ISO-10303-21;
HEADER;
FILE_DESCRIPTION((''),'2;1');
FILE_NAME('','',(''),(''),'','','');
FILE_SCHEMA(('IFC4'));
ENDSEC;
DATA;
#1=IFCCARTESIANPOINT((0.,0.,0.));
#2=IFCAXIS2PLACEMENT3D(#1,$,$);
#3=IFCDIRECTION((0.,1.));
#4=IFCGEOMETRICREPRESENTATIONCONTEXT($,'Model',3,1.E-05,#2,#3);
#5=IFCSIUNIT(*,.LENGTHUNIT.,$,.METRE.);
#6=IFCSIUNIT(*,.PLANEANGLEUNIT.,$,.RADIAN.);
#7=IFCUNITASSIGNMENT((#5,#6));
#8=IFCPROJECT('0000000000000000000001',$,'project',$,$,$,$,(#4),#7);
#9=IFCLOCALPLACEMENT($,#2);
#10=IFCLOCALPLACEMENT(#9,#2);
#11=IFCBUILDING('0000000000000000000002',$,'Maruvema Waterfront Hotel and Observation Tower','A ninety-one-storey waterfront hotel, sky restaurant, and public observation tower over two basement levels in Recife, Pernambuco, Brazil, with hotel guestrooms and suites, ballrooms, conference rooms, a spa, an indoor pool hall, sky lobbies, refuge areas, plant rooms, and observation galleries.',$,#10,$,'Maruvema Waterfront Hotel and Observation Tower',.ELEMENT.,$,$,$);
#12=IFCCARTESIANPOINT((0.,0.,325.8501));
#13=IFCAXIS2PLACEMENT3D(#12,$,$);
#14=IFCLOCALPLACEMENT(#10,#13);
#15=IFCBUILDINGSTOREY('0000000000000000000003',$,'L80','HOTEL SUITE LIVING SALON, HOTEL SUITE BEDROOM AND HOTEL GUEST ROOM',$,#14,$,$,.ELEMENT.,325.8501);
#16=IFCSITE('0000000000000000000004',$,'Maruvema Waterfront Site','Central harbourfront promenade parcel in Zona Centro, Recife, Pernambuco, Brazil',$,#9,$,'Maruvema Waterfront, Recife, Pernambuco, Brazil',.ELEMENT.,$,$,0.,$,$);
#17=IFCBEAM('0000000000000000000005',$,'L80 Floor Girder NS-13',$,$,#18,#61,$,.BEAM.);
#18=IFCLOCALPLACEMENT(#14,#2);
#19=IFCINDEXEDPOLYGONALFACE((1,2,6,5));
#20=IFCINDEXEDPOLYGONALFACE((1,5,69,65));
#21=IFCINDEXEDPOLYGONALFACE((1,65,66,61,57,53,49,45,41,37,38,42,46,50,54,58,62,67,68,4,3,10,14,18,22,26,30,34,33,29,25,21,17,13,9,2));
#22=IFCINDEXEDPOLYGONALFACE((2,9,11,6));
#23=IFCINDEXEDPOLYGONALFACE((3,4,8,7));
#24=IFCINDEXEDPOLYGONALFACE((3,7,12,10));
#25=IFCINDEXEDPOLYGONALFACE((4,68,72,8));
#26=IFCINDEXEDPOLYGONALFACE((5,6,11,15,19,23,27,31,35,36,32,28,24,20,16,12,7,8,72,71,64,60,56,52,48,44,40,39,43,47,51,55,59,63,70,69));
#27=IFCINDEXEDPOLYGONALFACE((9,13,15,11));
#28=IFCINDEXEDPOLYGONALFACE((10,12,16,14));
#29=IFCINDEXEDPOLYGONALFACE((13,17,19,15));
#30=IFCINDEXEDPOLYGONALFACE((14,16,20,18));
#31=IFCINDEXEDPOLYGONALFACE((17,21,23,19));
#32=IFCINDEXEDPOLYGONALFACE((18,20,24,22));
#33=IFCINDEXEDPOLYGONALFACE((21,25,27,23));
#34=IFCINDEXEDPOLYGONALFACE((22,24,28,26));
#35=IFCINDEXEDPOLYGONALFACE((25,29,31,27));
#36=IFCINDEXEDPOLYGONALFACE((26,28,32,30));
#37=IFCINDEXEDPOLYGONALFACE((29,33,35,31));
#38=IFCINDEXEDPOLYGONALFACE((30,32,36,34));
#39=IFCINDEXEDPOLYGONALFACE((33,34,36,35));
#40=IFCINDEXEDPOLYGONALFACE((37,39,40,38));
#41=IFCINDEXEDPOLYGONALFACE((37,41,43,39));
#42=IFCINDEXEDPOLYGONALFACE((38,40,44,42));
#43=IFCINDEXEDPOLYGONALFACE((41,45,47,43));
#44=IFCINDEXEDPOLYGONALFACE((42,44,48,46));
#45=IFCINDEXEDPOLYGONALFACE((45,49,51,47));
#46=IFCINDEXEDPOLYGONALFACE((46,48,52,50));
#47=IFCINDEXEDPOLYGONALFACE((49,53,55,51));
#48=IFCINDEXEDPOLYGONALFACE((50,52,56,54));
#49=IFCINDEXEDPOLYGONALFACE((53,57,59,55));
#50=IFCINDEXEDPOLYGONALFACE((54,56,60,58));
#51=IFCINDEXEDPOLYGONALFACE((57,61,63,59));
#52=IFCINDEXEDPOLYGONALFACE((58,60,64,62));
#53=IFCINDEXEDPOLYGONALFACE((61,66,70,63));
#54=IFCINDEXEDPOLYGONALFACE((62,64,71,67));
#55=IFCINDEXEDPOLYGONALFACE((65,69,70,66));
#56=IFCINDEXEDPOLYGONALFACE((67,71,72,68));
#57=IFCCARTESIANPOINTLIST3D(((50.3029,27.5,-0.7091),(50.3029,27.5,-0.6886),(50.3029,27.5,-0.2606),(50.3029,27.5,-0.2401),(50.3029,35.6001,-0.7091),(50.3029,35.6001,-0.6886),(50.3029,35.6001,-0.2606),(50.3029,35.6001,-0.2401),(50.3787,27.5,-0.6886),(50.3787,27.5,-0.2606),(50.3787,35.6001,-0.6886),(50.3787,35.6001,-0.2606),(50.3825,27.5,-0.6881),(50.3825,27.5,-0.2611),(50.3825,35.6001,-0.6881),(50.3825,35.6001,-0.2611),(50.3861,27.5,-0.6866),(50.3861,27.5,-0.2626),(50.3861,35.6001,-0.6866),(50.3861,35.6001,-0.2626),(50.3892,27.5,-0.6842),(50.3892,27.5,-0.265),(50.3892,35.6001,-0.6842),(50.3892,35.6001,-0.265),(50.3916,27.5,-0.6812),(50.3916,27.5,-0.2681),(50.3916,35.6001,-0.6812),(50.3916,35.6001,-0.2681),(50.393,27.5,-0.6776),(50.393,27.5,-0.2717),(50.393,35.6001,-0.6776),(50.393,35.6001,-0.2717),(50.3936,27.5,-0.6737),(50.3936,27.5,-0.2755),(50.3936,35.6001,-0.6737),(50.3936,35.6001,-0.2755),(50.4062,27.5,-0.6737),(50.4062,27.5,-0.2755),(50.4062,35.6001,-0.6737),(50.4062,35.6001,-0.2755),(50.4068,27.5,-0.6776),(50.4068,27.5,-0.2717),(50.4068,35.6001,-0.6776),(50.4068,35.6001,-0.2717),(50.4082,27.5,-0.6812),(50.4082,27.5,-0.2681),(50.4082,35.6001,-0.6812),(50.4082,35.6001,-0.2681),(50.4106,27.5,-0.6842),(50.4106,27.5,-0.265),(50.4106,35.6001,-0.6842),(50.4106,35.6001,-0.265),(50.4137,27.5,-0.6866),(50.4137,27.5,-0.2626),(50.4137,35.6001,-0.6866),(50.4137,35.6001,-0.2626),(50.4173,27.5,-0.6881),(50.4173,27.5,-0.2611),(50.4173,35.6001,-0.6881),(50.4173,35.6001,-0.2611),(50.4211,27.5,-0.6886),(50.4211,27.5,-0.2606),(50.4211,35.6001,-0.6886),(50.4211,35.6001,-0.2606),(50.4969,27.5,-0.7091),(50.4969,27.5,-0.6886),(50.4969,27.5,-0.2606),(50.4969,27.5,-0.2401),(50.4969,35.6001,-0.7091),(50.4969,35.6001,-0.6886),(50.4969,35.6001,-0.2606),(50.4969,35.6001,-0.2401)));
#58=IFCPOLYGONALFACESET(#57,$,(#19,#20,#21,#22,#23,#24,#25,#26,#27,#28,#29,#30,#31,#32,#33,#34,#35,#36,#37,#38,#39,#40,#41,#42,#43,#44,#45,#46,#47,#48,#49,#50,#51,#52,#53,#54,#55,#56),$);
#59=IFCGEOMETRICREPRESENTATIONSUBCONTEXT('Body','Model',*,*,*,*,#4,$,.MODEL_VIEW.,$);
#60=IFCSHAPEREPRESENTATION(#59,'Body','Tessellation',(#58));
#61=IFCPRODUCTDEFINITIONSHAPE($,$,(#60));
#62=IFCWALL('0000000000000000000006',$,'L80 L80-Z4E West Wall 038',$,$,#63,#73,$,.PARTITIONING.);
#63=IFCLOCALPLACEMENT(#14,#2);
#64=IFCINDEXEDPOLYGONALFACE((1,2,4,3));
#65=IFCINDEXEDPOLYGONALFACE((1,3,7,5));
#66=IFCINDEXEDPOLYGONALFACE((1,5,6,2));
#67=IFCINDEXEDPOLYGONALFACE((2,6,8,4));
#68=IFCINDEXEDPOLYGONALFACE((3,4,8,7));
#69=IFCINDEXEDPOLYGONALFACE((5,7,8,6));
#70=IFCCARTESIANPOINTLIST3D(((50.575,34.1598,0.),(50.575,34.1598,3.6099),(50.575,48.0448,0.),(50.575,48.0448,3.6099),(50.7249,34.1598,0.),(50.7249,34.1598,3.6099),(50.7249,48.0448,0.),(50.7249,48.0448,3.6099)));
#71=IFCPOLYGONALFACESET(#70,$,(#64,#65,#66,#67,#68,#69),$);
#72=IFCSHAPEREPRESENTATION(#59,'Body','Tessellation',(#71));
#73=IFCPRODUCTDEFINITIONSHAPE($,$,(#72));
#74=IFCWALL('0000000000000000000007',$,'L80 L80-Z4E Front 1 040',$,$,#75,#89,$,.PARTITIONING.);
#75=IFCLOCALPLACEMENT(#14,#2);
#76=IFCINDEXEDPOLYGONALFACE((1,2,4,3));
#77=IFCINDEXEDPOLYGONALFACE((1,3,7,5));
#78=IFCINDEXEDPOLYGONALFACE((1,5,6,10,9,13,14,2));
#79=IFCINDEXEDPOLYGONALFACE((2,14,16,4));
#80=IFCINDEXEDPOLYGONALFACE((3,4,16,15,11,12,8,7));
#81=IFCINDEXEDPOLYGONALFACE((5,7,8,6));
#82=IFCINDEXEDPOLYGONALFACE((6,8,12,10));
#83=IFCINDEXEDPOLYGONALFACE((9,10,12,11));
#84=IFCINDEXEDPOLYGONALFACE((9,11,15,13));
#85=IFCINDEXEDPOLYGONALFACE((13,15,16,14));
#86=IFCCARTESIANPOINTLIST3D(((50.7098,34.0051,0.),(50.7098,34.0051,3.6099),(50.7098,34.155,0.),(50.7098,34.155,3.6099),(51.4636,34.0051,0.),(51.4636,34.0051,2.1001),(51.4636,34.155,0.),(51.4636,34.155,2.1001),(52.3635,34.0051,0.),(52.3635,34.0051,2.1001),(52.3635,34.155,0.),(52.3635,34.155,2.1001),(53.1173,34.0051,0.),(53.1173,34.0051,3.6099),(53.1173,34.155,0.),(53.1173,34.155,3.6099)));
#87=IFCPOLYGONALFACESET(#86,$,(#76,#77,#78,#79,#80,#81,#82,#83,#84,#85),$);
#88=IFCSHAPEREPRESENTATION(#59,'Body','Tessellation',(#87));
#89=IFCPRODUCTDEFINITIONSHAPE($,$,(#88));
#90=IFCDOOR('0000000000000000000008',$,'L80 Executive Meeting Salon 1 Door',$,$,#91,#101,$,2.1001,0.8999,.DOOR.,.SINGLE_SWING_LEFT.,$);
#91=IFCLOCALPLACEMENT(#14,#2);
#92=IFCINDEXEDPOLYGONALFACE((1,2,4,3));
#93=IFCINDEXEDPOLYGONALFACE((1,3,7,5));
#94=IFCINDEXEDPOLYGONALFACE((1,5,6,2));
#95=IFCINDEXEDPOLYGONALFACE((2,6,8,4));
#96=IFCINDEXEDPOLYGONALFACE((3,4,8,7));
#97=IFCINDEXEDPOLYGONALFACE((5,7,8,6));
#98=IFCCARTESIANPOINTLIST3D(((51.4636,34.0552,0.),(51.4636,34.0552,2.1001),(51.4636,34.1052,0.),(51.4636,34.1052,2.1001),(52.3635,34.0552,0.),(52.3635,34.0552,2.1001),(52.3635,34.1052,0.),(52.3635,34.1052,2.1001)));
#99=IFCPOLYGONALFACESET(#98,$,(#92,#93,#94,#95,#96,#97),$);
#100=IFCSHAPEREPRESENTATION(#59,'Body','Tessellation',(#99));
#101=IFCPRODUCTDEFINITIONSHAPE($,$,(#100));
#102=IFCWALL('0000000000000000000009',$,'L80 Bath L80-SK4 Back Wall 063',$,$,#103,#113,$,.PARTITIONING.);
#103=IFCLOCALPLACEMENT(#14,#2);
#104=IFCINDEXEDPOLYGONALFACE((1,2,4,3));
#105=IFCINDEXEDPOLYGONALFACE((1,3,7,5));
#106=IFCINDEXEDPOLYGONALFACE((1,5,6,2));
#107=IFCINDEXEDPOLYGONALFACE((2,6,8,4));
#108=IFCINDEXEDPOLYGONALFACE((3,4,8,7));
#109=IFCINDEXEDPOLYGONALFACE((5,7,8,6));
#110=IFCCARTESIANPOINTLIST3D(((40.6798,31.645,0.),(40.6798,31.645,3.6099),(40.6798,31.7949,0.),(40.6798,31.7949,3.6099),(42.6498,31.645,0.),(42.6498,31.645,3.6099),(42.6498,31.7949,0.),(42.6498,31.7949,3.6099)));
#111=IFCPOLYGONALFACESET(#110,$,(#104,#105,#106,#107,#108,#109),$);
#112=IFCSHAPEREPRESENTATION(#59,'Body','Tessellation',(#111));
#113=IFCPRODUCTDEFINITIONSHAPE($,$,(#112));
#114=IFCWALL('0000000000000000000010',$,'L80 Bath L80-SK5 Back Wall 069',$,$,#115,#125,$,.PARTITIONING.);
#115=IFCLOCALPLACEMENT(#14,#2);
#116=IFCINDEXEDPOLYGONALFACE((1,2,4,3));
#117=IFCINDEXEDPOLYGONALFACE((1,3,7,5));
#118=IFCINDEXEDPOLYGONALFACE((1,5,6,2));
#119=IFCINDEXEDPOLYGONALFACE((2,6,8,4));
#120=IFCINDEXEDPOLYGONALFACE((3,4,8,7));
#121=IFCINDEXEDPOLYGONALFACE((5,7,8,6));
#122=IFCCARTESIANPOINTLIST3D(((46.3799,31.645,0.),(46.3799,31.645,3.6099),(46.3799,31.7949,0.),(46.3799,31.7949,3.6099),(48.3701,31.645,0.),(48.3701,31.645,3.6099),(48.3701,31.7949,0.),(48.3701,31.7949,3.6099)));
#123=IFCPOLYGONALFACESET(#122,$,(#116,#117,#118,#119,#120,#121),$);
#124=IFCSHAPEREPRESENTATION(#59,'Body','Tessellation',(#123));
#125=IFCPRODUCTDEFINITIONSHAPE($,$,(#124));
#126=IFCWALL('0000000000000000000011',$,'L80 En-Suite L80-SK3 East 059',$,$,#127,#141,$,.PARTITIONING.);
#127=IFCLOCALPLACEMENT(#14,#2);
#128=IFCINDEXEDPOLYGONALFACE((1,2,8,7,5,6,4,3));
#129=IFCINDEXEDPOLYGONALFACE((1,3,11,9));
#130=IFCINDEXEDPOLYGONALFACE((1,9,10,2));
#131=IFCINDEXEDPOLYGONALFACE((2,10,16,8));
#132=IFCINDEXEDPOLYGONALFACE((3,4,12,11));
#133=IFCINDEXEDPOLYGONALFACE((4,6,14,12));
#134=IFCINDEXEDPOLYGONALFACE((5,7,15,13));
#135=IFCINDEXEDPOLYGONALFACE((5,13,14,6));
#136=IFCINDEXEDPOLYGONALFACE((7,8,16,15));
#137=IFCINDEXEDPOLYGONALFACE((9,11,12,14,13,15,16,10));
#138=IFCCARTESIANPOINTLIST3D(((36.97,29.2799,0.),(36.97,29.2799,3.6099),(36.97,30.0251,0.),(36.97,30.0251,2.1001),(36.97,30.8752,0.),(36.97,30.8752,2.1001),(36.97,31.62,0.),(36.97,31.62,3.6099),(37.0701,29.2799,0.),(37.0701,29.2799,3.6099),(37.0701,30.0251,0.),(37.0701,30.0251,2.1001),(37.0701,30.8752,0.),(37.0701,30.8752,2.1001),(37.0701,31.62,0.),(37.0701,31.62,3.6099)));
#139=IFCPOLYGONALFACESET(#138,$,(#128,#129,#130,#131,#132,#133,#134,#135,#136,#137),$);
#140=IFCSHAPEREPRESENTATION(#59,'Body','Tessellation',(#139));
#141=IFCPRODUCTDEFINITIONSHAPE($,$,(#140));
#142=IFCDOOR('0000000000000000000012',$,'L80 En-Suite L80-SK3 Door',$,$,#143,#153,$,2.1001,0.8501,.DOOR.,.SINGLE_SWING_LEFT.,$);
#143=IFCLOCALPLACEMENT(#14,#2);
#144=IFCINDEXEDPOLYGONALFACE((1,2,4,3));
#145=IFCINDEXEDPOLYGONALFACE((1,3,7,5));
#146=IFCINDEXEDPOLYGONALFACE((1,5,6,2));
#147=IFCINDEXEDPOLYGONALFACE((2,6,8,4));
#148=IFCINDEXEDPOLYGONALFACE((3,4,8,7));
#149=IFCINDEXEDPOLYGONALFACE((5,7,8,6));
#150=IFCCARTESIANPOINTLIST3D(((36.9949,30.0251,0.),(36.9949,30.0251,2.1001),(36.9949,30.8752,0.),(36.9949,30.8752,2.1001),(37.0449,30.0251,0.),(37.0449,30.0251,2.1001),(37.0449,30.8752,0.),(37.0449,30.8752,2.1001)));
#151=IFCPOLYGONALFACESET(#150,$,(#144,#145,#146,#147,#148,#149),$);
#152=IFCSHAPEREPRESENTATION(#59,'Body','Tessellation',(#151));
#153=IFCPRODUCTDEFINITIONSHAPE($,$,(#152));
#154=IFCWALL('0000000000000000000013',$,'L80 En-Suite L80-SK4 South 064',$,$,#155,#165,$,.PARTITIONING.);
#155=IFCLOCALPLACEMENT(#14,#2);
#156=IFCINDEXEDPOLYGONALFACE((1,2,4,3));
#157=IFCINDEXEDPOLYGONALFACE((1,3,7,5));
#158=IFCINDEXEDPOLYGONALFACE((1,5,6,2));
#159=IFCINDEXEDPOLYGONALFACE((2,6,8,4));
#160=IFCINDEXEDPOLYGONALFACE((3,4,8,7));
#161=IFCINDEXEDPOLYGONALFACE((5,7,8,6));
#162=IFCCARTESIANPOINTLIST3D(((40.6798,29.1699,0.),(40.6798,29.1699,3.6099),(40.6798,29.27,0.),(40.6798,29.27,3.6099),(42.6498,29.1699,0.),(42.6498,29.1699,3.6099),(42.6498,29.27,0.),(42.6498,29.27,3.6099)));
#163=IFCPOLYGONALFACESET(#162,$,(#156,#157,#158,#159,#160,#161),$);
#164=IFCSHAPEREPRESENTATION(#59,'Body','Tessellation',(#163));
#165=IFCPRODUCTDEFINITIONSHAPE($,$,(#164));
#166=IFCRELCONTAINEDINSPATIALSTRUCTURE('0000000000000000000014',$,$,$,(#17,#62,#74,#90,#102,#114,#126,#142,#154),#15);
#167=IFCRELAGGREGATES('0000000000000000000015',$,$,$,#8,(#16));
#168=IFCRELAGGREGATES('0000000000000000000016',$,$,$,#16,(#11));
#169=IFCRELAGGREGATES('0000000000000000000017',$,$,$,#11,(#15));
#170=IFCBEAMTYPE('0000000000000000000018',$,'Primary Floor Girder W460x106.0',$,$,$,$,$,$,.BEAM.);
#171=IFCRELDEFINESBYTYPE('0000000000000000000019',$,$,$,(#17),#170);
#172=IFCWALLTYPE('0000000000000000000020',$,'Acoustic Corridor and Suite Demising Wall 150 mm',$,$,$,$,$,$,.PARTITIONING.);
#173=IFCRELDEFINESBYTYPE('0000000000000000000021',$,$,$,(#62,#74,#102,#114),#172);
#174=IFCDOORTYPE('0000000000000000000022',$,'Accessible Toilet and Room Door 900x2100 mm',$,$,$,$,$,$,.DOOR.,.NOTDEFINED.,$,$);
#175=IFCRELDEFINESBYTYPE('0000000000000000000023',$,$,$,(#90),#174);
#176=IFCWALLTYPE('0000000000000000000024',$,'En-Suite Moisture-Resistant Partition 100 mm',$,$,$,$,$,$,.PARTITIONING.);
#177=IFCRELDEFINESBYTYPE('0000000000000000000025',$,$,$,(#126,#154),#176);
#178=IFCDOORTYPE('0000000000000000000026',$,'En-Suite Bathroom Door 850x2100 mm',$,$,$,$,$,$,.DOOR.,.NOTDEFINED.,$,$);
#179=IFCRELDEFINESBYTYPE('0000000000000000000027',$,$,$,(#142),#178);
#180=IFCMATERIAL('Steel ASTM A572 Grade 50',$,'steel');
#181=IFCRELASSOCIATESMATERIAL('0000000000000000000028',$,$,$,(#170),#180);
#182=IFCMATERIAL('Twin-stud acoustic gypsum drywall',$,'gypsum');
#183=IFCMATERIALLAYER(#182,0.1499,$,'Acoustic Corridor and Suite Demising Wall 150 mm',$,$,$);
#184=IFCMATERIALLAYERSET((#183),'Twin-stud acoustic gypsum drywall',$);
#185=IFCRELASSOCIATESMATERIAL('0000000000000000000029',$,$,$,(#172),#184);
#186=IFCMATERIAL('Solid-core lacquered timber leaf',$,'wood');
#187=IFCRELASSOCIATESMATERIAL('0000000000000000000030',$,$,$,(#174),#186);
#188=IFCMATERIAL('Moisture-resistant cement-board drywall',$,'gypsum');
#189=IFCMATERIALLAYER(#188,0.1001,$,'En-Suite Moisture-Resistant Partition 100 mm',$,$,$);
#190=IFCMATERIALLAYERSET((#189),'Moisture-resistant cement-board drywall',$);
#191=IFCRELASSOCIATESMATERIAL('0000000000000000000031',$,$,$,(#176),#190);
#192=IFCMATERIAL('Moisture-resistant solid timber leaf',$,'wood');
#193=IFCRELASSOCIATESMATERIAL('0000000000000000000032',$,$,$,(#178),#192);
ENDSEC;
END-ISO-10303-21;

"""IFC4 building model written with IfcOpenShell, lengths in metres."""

from ifc_helpers import new_model, si_unit, direction, frame, frame_2d, origin, origin_2d, place, context, subcontext, project, spatial, rectangle, i_section, extrude, material, layer, layer_set, material_profile, profile_set, type_object, element, fill, save


model = new_model("IFC4")

# Units and contexts
model_context = context("Model", 3, precision=1e-05, world=origin(), true_north=direction((0.0, 1.0)))
body_context = subcontext(model_context, "Body", "Model", "MODEL_VIEW")
ifc_project = project(units=[si_unit("LENGTHUNIT", "METRE"), si_unit("PLANEANGLEUNIT", "RADIAN")], contexts=[model_context])

# Site, building, storey
site_placement = place(None, origin())
site = spatial("IfcSite", under=ifc_project, at=site_placement, Name="Maruvema Waterfront Site", Description="Central harbourfront promenade parcel in Zona Centro, Recife, Pernambuco, Brazil", LongName="Maruvema Waterfront, Recife, Pernambuco, Brazil", CompositionType="ELEMENT", RefElevation=0.0)
building_placement = place(site_placement, origin())
building = spatial("IfcBuilding", under=site, at=building_placement, Name="Maruvema Waterfront Hotel and Observation Tower", Description="A ninety-one-storey waterfront hotel, sky restaurant, and public observation tower over two basement levels in Recife, Pernambuco, Brazil, with hotel guestrooms and suites, ballrooms, conference rooms, a spa, an indoor pool hall, sky lobbies, refuge areas, plant rooms, and observation galleries.", LongName="Maruvema Waterfront Hotel and Observation Tower", CompositionType="ELEMENT")
storey_placement = place(building_placement, frame((0.0, 0.0, 325.8501)))
storey = spatial("IfcBuildingStorey", under=building, at=storey_placement, Name="L80", Description="HOTEL SUITE LIVING SALON, HOTEL SUITE BEDROOM AND HOTEL GUEST ROOM", CompositionType="ELEMENT", Elevation=325.8501)

# Beam
ifc_material_1 = material(Name="Steel ASTM A572 Grade 50", Category="steel")
ifc_material_profile_1 = material_profile(ifc_material_1, i_section(OverallWidth=0.1941, OverallDepth=0.469, WebThickness=0.0127, FlangeThickness=0.0205, FilletRadius=0.0149, at=origin_2d()), Name="W460x106.0")
ifc_profile_set_1 = profile_set([ifc_material_profile_1], Name="Steel ASTM A572 Grade 50")
beam_type = type_object("IfcBeamType", Name="Primary Floor Girder W460x106.0", PredefinedType="BEAM", material=ifc_profile_set_1)
beam_1_placement = place(storey_placement, frame((50.3999, 27.5, -0.4746), z_axis=(0.0, 1.0, 0.0), x_axis=(-1.0, 0.0, 0.0)))
element("IfcBeam", 1, at=beam_1_placement, inside=storey, type_object=beam_type, Name="L80 Floor Girder NS-13", PredefinedType="BEAM", context=body_context, shape_type="SweptSolid", body=[
    extrude(i_section(OverallWidth=0.1941, OverallDepth=0.469, WebThickness=0.0127, FlangeThickness=0.0205, FilletRadius=0.0149, at=origin_2d()), origin(), (0.0, 0.0, 1.0), 8.1001),
])

# Wall
ifc_material_2 = material(Name="Twin-stud acoustic gypsum drywall", Category="gypsum")
ifc_layer_1 = layer(ifc_material_2, 0.1499, Name="Acoustic Corridor and Suite Demising Wall 150 mm")
ifc_layer_set_1 = layer_set([ifc_layer_1], Name="Twin-stud acoustic gypsum drywall")
wall_type_1 = type_object("IfcWallType", Name="Acoustic Corridor and Suite Demising Wall 150 mm", PredefinedType="PARTITIONING", material=ifc_layer_set_1)
wall_1_placement = place(storey_placement, frame((50.6499, 34.1599, 0.0), z_axis=(0.0, 0.0, 1.0), x_axis=(0.0, 1.0, 0.0)))
element("IfcWall", 2, at=wall_1_placement, inside=storey, type_object=wall_type_1, Name="L80 L80-Z4E West Wall 038", PredefinedType="PARTITIONING", context=body_context, shape_type="SweptSolid", body=[
    extrude(rectangle(XDim=13.885, YDim=0.1499, at=frame_2d((6.9424, 0.0))), origin(), (0.0, 0.0, 1.0), 3.6099),
])

# Wall, opening, door
wall_2_placement = place(storey_placement, frame((50.71, 34.0801, 0.0), z_axis=(0.0, 0.0, 1.0), x_axis=(1.0, 0.0, 0.0)))
wall_2 = element("IfcWall", 3, at=wall_2_placement, inside=storey, type_object=wall_type_1, Name="L80 L80-Z4E Front 1 040", PredefinedType="PARTITIONING", context=body_context, shape_type="SweptSolid", body=[
    extrude(rectangle(XDim=2.4075, YDim=0.1499, at=frame_2d((1.2036, 0.0))), origin(), (0.0, 0.0, 1.0), 3.6099),
])
opening_1_placement = place(wall_2_placement, frame((0.7537, 0.0, 0.0)))
opening_1 = element("IfcOpeningElement", 4, at=opening_1_placement, cuts=wall_2, PredefinedType="OPENING", context=body_context, shape_type="SweptSolid", body=[
    extrude(rectangle(XDim=0.8999, YDim=2.1001, at=frame_2d((0.45, 1.05))), frame((0.0, 0.085, 0.0), z_axis=(0.0, -1.0, 0.0), x_axis=(1.0, 0.0, 0.0)), (0.0, 0.0, 1.0), 0.1699),
])
ifc_material_3 = material(Name="Solid-core lacquered timber leaf", Category="wood")
door_type_1 = type_object("IfcDoorType", Name="Accessible Toilet and Room Door 900x2100 mm", OperationType="NOTDEFINED", PredefinedType="DOOR", material=ifc_material_3)
door_1_placement = place(opening_1_placement, frame((0.8999, 0.0, 0.0), z_axis=(0.0, 0.0, 1.0), x_axis=(-1.0, 0.0, 0.0)))
door_1 = element("IfcDoor", 5, at=door_1_placement, inside=storey, type_object=door_type_1, Name="L80 Executive Meeting Salon 1 Door", OperationType="SINGLE_SWING_LEFT", OverallHeight=2.1001, OverallWidth=0.8999, PredefinedType="DOOR", context=body_context, shape_type="SweptSolid", body=[
    extrude(rectangle(XDim=0.8999, YDim=2.1001, at=frame_2d((0.45, 1.05))), frame((0.0, 0.0249, 0.0), z_axis=(0.0, -1.0, 0.0), x_axis=(1.0, 0.0, 0.0)), (0.0, 0.0, 1.0), 0.05),
])
fill(opening_1, door_1)

# Wall
wall_3_placement = place(storey_placement, frame((40.6799, 31.72, 0.0), z_axis=(0.0, 0.0, 1.0), x_axis=(1.0, 0.0, 0.0)))
element("IfcWall", 6, at=wall_3_placement, inside=storey, type_object=wall_type_1, Name="L80 Bath L80-SK4 Back Wall 063", PredefinedType="PARTITIONING", context=body_context, shape_type="SweptSolid", body=[
    extrude(rectangle(XDim=1.97, YDim=0.1499, at=frame_2d((0.9849, 0.0))), origin(), (0.0, 0.0, 1.0), 3.6099),
])

# Wall
wall_4_placement = place(storey_placement, frame((46.3799, 31.72, 0.0), z_axis=(0.0, 0.0, 1.0), x_axis=(1.0, 0.0, 0.0)))
element("IfcWall", 7, at=wall_4_placement, inside=storey, type_object=wall_type_1, Name="L80 Bath L80-SK5 Back Wall 069", PredefinedType="PARTITIONING", context=body_context, shape_type="SweptSolid", body=[
    extrude(rectangle(XDim=1.9902, YDim=0.1499, at=frame_2d((0.9951, 0.0))), origin(), (0.0, 0.0, 1.0), 3.6099),
])

# Wall, opening, door
ifc_material_4 = material(Name="Moisture-resistant cement-board drywall", Category="gypsum")
ifc_layer_2 = layer(ifc_material_4, 0.1001, Name="En-Suite Moisture-Resistant Partition 100 mm")
ifc_layer_set_2 = layer_set([ifc_layer_2], Name="Moisture-resistant cement-board drywall")
wall_type_2 = type_object("IfcWallType", Name="En-Suite Moisture-Resistant Partition 100 mm", PredefinedType="PARTITIONING", material=ifc_layer_set_2)
wall_5_placement = place(storey_placement, frame((37.02, 29.28, 0.0), z_axis=(0.0, 0.0, 1.0), x_axis=(0.0, 1.0, 0.0)))
wall_5 = element("IfcWall", 8, at=wall_5_placement, inside=storey, type_object=wall_type_2, Name="L80 En-Suite L80-SK3 East 059", PredefinedType="PARTITIONING", context=body_context, shape_type="SweptSolid", body=[
    extrude(rectangle(XDim=2.3401, YDim=0.1001, at=frame_2d((1.1699, 0.0))), origin(), (0.0, 0.0, 1.0), 3.6099),
])
opening_2_placement = place(wall_5_placement, frame((0.7451, 0.0, 0.0)))
opening_2 = element("IfcOpeningElement", 9, at=opening_2_placement, cuts=wall_5, PredefinedType="OPENING", context=body_context, shape_type="SweptSolid", body=[
    extrude(rectangle(XDim=0.8501, YDim=2.1001, at=frame_2d((0.425, 1.05))), frame((0.0, 0.0601, 0.0), z_axis=(0.0, -1.0, 0.0), x_axis=(1.0, 0.0, 0.0)), (0.0, 0.0, 1.0), 0.1201),
])
ifc_material_5 = material(Name="Moisture-resistant solid timber leaf", Category="wood")
door_type_2 = type_object("IfcDoorType", Name="En-Suite Bathroom Door 850x2100 mm", OperationType="NOTDEFINED", PredefinedType="DOOR", material=ifc_material_5)
door_2_placement = place(opening_2_placement, frame((0.8501, 0.0, 0.0), z_axis=(0.0, 0.0, 1.0), x_axis=(-1.0, 0.0, 0.0)))
door_2 = element("IfcDoor", 10, at=door_2_placement, inside=storey, type_object=door_type_2, Name="L80 En-Suite L80-SK3 Door", OperationType="SINGLE_SWING_LEFT", OverallHeight=2.1001, OverallWidth=0.8501, PredefinedType="DOOR", context=body_context, shape_type="SweptSolid", body=[
    extrude(rectangle(XDim=0.8501, YDim=2.1001, at=frame_2d((0.425, 1.05))), frame((0.0, 0.0249, 0.0), z_axis=(0.0, -1.0, 0.0), x_axis=(1.0, 0.0, 0.0)), (0.0, 0.0, 1.0), 0.05),
])
fill(opening_2, door_2)

# Wall
wall_6_placement = place(storey_placement, frame((40.6799, 29.22, 0.0), z_axis=(0.0, 0.0, 1.0), x_axis=(1.0, 0.0, 0.0)))
element("IfcWall", 11, at=wall_6_placement, inside=storey, type_object=wall_type_2, Name="L80 En-Suite L80-SK4 South 064", PredefinedType="PARTITIONING", context=body_context, shape_type="SweptSolid", body=[
    extrude(rectangle(XDim=1.97, YDim=0.1001, at=frame_2d((0.9849, 0.0))), origin(), (0.0, 0.0, 1.0), 3.6099),
])

save(model, "model.ifc")
